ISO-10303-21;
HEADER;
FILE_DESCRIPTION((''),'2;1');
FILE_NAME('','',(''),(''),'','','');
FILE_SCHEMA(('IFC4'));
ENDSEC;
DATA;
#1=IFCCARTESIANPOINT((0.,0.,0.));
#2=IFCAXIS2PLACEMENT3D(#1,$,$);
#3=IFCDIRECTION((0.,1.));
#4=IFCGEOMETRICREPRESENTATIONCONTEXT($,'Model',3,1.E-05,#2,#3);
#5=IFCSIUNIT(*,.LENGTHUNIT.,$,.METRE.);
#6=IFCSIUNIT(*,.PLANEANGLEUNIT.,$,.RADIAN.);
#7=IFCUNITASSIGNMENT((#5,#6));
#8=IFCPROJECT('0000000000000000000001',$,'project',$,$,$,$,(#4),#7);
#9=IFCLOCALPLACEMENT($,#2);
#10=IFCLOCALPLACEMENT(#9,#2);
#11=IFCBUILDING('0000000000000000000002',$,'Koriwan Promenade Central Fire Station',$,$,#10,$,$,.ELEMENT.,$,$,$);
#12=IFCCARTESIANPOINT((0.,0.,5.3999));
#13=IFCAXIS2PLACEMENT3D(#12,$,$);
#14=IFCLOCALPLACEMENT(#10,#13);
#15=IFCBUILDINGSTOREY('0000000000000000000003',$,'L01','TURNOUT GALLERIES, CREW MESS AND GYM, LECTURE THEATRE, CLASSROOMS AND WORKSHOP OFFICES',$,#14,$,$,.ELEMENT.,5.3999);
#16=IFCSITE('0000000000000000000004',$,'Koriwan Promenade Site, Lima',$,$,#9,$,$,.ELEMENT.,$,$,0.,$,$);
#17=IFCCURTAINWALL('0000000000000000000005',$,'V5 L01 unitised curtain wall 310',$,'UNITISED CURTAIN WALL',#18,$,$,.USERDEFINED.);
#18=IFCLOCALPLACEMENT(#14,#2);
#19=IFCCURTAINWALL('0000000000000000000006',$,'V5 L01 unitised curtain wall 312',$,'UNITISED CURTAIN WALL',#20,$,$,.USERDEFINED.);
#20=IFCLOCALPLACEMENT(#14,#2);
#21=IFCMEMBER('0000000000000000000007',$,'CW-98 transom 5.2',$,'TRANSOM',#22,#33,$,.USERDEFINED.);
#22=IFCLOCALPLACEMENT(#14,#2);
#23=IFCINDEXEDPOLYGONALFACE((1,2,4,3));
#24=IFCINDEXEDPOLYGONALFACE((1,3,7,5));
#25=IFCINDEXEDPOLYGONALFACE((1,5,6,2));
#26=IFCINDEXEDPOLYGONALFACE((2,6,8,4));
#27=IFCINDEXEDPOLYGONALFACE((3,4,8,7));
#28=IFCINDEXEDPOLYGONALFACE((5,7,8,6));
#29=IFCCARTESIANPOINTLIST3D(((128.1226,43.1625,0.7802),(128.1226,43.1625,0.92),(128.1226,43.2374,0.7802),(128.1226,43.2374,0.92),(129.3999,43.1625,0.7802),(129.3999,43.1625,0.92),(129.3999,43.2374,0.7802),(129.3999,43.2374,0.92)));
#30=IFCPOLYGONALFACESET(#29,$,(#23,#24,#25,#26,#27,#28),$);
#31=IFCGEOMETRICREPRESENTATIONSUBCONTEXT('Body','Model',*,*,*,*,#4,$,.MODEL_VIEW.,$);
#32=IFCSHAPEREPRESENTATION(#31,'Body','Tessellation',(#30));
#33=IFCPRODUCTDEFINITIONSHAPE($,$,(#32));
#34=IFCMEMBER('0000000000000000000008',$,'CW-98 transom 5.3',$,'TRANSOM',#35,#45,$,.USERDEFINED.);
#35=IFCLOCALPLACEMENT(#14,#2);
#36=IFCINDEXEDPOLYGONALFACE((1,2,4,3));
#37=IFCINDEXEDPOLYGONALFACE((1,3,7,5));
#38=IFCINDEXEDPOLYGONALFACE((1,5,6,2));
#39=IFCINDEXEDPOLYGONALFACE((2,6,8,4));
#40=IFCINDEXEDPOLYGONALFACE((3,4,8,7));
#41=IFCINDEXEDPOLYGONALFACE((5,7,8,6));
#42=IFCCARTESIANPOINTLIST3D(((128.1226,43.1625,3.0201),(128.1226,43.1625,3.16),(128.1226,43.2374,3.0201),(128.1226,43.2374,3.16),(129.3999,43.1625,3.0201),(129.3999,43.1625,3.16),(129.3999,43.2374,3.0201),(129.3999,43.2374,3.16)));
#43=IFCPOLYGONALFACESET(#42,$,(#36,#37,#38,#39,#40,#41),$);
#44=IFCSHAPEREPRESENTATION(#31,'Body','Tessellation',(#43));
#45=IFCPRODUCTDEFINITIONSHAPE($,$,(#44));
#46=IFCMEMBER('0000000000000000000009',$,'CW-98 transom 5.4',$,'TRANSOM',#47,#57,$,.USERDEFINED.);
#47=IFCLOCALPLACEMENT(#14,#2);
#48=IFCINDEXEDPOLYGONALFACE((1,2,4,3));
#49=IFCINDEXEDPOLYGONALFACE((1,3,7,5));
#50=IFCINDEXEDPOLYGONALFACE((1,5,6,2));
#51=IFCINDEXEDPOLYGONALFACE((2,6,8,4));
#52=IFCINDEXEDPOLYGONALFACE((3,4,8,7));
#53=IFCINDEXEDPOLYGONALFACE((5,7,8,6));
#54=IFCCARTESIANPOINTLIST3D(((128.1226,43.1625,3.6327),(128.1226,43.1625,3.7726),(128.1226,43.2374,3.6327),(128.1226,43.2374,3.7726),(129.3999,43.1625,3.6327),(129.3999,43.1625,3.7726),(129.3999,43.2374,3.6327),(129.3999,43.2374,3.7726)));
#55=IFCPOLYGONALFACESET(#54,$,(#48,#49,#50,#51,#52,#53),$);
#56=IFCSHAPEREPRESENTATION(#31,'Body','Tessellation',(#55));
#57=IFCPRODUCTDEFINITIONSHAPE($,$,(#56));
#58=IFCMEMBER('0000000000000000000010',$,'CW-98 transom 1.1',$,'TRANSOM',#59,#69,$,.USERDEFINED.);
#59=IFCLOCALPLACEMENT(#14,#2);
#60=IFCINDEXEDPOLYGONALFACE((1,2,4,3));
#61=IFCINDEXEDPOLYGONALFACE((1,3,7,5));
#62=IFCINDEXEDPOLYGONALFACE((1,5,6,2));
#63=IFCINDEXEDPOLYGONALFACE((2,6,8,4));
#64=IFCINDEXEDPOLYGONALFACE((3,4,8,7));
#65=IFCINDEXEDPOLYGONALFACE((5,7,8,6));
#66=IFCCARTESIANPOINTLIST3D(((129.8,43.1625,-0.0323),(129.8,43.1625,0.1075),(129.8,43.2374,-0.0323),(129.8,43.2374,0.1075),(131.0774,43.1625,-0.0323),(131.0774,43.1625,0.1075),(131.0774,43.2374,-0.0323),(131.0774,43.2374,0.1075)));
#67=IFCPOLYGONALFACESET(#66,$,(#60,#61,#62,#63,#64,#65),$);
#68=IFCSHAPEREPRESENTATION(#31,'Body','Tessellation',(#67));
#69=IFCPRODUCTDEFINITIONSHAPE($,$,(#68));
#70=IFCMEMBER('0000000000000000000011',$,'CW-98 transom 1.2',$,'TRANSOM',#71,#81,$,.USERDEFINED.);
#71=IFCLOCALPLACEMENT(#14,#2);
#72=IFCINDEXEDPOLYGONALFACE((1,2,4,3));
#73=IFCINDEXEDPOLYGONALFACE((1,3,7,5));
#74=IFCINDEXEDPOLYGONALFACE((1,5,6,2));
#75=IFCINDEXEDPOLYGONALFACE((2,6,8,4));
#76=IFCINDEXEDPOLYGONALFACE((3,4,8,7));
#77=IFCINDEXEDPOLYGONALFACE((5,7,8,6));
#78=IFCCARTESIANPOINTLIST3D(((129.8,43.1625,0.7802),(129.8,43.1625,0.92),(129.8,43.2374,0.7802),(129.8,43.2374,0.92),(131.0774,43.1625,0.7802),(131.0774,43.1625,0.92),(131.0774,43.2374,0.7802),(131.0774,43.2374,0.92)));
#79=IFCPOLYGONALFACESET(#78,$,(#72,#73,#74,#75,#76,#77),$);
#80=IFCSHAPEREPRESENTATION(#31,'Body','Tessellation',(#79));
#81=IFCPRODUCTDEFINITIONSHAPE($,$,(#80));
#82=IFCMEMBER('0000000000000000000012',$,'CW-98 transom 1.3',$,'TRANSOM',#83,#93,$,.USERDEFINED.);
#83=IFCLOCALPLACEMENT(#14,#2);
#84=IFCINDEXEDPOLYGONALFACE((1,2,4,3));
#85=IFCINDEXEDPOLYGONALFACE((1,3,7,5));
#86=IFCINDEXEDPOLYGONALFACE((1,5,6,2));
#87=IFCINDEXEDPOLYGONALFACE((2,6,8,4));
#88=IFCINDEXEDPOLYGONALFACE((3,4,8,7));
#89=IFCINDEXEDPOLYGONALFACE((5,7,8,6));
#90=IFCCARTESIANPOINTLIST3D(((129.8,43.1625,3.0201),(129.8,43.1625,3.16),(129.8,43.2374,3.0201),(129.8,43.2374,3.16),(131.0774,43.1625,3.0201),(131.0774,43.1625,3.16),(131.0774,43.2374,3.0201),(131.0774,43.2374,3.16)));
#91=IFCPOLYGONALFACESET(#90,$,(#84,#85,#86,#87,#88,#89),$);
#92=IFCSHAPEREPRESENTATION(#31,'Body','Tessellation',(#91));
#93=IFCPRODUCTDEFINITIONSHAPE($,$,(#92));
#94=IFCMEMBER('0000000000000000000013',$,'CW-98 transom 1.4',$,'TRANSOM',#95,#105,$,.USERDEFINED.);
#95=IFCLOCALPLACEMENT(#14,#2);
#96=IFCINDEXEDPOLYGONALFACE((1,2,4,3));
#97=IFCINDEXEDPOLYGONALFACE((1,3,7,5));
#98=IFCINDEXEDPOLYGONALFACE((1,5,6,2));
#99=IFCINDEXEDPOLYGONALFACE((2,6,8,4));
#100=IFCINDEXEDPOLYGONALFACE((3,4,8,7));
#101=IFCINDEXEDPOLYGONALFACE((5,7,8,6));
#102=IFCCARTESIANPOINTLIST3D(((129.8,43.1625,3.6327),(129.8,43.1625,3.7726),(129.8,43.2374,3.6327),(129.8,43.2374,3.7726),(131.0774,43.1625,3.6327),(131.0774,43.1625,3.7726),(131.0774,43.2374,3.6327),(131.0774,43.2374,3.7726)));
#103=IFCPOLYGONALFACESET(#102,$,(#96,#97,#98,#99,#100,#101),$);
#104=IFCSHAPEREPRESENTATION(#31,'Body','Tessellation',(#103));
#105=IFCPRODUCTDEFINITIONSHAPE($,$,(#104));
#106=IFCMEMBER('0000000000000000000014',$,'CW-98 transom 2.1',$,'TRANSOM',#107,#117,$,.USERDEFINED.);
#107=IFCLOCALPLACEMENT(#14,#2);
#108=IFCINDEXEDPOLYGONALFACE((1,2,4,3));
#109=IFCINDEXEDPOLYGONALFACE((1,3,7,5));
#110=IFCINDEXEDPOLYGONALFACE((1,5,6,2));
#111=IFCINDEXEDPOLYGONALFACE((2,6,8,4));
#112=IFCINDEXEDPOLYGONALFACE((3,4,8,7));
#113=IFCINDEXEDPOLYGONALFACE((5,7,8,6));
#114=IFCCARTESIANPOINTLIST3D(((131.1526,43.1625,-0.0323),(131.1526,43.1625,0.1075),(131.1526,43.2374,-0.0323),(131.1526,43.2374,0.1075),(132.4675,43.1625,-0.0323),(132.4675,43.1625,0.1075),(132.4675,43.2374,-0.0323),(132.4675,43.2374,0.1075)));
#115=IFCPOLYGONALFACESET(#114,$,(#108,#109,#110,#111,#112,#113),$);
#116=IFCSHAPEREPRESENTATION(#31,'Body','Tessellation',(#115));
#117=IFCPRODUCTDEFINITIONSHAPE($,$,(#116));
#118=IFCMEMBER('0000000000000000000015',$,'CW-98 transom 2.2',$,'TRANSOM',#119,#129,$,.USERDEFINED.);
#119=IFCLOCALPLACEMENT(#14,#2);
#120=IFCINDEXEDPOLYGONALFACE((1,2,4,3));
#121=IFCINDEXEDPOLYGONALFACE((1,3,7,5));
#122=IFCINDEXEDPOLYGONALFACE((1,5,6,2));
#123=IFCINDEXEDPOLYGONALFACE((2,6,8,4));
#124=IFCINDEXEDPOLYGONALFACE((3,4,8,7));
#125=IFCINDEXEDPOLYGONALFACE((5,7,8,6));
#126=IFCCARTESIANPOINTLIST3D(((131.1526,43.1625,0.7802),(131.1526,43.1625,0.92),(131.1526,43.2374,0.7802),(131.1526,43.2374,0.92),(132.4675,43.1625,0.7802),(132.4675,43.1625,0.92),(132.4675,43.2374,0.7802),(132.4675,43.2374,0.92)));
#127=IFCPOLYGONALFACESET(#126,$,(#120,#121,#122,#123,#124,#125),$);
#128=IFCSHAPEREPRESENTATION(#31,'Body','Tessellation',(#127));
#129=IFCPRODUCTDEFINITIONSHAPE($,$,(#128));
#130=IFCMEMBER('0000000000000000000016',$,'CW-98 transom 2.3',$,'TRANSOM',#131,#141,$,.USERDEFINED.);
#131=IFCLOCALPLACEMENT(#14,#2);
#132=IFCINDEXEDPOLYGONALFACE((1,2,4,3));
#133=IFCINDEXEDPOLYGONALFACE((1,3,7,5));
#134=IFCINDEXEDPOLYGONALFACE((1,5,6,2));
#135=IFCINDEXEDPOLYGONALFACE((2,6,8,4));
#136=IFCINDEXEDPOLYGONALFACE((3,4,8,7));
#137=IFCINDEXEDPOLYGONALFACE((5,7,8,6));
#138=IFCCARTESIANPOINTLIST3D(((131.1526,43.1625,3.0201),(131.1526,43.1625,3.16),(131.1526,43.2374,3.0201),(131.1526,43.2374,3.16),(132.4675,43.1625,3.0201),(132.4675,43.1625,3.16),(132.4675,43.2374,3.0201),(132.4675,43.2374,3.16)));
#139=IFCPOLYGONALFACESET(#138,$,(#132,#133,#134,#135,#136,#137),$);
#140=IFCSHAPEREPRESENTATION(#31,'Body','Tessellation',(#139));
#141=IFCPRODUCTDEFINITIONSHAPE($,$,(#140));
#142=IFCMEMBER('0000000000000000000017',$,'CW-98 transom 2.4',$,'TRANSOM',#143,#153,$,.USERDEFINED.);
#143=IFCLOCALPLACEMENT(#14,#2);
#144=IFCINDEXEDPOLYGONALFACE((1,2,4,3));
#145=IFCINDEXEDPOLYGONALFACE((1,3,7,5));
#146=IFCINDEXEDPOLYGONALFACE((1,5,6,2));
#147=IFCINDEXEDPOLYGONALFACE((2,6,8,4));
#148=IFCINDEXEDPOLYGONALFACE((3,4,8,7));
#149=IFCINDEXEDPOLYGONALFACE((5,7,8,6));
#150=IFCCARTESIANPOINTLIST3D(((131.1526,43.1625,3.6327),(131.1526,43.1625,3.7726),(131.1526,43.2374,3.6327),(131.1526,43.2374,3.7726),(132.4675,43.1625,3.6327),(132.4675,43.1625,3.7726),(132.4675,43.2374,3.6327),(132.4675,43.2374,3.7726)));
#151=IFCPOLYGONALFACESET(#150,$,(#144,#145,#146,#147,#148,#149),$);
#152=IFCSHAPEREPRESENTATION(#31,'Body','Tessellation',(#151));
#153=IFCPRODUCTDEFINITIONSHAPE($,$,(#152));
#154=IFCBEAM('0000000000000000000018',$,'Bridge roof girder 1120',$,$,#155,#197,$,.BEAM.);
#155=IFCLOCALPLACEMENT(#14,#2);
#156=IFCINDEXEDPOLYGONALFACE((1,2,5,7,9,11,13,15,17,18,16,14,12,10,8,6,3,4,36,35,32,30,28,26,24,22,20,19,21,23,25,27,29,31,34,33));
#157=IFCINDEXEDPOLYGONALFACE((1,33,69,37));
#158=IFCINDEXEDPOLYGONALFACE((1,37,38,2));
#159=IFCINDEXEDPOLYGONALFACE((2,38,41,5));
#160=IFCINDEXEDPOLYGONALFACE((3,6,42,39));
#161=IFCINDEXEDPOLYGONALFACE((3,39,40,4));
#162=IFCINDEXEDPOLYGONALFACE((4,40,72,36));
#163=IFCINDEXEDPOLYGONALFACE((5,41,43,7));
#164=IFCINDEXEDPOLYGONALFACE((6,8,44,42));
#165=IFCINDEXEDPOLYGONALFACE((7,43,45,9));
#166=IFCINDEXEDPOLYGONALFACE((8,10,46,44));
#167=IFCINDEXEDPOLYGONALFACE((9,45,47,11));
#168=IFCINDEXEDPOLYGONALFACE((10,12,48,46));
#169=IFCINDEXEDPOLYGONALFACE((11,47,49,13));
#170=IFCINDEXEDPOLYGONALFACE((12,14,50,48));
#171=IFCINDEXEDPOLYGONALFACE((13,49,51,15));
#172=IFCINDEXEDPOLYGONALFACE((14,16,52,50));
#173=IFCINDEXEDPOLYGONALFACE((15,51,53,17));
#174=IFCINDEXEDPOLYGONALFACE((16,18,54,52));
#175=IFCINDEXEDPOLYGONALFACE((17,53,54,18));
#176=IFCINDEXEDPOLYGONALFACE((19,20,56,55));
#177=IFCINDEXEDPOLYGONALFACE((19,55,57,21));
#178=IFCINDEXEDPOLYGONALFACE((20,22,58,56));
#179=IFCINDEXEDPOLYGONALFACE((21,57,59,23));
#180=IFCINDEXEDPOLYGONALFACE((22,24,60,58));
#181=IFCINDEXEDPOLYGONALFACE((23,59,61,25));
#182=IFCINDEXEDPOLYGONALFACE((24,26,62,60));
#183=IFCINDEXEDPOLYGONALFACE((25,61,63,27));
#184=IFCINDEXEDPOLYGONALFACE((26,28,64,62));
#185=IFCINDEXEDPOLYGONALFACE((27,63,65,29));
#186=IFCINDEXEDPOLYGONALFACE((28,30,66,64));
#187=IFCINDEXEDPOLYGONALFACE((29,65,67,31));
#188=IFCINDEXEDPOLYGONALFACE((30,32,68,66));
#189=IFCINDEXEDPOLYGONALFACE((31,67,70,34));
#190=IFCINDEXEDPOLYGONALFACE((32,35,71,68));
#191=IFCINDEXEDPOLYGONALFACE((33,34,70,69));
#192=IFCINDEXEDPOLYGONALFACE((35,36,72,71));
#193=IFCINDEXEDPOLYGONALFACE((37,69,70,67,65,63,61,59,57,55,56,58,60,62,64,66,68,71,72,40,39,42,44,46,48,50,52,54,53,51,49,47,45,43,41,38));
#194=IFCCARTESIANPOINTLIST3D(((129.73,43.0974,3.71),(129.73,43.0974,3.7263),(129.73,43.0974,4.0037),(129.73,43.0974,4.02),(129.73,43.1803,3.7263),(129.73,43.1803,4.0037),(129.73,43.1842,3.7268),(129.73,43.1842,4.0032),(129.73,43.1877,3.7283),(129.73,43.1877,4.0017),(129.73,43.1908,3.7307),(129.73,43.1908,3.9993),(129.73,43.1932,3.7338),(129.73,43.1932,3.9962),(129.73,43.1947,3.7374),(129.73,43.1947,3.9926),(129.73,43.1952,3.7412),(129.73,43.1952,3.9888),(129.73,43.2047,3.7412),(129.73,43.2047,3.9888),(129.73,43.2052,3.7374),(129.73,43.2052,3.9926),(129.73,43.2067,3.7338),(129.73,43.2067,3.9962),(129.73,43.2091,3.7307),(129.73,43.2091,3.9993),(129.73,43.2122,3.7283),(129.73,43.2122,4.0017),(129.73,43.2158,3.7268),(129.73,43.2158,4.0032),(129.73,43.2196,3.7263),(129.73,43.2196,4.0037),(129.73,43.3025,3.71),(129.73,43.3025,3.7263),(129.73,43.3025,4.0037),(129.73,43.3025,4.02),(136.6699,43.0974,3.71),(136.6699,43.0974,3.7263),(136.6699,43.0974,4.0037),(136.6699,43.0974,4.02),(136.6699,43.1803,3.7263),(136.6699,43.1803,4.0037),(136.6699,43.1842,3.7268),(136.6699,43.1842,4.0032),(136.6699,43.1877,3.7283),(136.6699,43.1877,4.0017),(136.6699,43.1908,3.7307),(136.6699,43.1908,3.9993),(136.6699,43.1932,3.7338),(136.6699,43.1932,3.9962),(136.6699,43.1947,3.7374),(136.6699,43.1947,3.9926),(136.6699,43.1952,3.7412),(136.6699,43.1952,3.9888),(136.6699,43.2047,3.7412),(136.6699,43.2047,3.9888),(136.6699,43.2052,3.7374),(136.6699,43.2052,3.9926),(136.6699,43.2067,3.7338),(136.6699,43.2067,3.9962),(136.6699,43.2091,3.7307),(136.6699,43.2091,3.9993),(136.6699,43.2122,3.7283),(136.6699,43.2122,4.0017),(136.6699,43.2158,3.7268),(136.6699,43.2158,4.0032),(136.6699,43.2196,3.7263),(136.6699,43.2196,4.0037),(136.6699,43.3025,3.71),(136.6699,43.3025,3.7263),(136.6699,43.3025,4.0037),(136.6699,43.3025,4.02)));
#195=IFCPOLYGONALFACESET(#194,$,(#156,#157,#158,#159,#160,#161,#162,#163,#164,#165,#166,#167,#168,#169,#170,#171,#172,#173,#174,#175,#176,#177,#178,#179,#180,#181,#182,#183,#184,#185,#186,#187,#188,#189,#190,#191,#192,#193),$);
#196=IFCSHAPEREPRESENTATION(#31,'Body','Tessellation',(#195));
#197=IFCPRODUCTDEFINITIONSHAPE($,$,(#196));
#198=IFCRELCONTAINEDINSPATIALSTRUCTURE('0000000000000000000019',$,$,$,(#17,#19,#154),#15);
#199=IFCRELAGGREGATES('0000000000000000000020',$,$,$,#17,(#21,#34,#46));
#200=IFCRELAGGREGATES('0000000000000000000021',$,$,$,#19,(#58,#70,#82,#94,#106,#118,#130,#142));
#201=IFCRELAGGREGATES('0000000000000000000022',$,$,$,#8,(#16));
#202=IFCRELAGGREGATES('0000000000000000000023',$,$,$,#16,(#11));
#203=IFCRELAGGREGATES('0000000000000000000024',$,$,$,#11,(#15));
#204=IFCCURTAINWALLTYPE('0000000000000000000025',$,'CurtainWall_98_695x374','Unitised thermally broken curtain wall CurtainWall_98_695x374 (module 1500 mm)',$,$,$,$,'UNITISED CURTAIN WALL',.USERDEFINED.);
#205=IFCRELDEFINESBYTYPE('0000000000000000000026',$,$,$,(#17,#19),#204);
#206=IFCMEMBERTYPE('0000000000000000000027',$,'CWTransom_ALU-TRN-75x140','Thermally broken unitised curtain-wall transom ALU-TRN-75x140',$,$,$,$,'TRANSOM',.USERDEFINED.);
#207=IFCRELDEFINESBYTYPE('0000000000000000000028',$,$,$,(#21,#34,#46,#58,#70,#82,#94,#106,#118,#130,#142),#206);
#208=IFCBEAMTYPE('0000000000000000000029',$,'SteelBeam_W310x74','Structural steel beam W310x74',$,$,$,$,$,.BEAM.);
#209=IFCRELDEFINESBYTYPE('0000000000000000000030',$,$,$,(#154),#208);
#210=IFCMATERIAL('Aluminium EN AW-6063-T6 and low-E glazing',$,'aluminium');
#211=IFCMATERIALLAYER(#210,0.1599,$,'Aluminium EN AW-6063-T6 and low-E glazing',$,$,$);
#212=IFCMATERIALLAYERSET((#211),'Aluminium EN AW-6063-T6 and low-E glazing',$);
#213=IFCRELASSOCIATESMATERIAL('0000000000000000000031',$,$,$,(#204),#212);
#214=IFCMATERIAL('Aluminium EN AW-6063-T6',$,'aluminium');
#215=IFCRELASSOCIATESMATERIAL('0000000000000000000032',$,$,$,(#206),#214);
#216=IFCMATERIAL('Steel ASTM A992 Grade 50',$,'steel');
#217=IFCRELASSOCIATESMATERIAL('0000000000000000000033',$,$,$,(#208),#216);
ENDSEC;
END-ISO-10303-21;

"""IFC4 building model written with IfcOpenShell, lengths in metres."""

from ifc_helpers import new_model, si_unit, direction, frame, origin, origin_2d, place, context, subcontext, project, spatial, rectangle, i_section, extrude, material, layer, layer_set, material_profile, profile_set, type_object, element, aggregate, save


model = new_model("IFC4")

# Units and contexts
model_context = context("Model", 3, precision=1e-05, world=origin(), true_north=direction((0.0, 1.0)))
body_context = subcontext(model_context, "Body", "Model", "MODEL_VIEW")
ifc_project = project(units=[si_unit("LENGTHUNIT", "METRE"), si_unit("PLANEANGLEUNIT", "RADIAN")], contexts=[model_context])

# Site, building, storey
site_placement = place(None, origin())
site = spatial("IfcSite", under=ifc_project, at=site_placement, Name="Koriwan Promenade Site, Lima", CompositionType="ELEMENT", RefElevation=0.0)
building_placement = place(site_placement, origin())
building = spatial("IfcBuilding", under=site, at=building_placement, Name="Koriwan Promenade Central Fire Station", CompositionType="ELEMENT")
storey_placement = place(building_placement, frame((0.0, 0.0, 5.3999)))
storey = spatial("IfcBuildingStorey", under=building, at=storey_placement, Name="L01", Description="TURNOUT GALLERIES, CREW MESS AND GYM, LECTURE THEATRE, CLASSROOMS AND WORKSHOP OFFICES", CompositionType="ELEMENT", Elevation=5.3999)

# Curtain walls
ifc_material_1 = material(Name="Aluminium EN AW-6063-T6 and low-E glazing", Category="aluminium")
ifc_layer_1 = layer(ifc_material_1, 0.1599, Name="Aluminium EN AW-6063-T6 and low-E glazing")
ifc_layer_set_1 = layer_set([ifc_layer_1], Name="Aluminium EN AW-6063-T6 and low-E glazing")
curtain_wall_type = type_object("IfcCurtainWallType", Name="CurtainWall_98_695x374", Description="Unitised thermally broken curtain wall CurtainWall_98_695x374 (module 1500 mm)", ElementType="UNITISED CURTAIN WALL", PredefinedType="USERDEFINED", material=ifc_layer_set_1)
curtain_wall_1_placement = place(storey_placement, origin())
curtain_wall_1 = element("IfcCurtainWall", 1, at=curtain_wall_1_placement, inside=storey, type_object=curtain_wall_type, Name="V5 L01 unitised curtain wall 310", ObjectType="UNITISED CURTAIN WALL", PredefinedType="USERDEFINED")
ifc_material_2 = material(Name="Aluminium EN AW-6063-T6", Category="aluminium")
curtain_wall_2_placement = place(storey_placement, origin())
curtain_wall_2 = element("IfcCurtainWall", 2, at=curtain_wall_2_placement, inside=storey, type_object=curtain_wall_type, Name="V5 L01 unitised curtain wall 312", ObjectType="UNITISED CURTAIN WALL", PredefinedType="USERDEFINED")

# Members
ifc_material_profile_1 = material_profile(ifc_material_2, rectangle(XDim=0.075, YDim=0.1399, at=origin_2d()), Name="ALU-TRN-75x140")
ifc_profile_set_1 = profile_set([ifc_material_profile_1], Name="Aluminium EN AW-6063-T6")
member_type_1 = type_object("IfcMemberType", Name="CWTransom_ALU-TRN-75x140", Description="Thermally broken unitised curtain-wall transom ALU-TRN-75x140", ElementType="TRANSOM", PredefinedType="USERDEFINED", material=ifc_profile_set_1)
member_1_placement = place(storey_placement, frame((128.1226, 43.2, 0.8501), z_axis=(1.0, 0.0, 0.0), x_axis=(0.0, 1.0, 0.0)))
member_1 = element("IfcMember", 3, at=member_1_placement, type_object=member_type_1, Name="CW-98 transom 5.2", ObjectType="TRANSOM", PredefinedType="USERDEFINED", context=body_context, shape_type="SweptSolid", body=[
    extrude(rectangle(XDim=0.075, YDim=0.1399, at=origin_2d()), origin(), (0.0, 0.0, 1.0), 1.2773),
])
member_2_placement = place(storey_placement, frame((128.1226, 43.2, 3.0901), z_axis=(1.0, 0.0, 0.0), x_axis=(0.0, 1.0, 0.0)))
member_2 = element("IfcMember", 4, at=member_2_placement, type_object=member_type_1, Name="CW-98 transom 5.3", ObjectType="TRANSOM", PredefinedType="USERDEFINED", context=body_context, shape_type="SweptSolid", body=[
    extrude(rectangle(XDim=0.075, YDim=0.1399, at=origin_2d()), origin(), (0.0, 0.0, 1.0), 1.2773),
])
member_3_placement = place(storey_placement, frame((128.1226, 43.2, 3.7026), z_axis=(1.0, 0.0, 0.0), x_axis=(0.0, 1.0, 0.0)))
member_3 = element("IfcMember", 5, at=member_3_placement, type_object=member_type_1, Name="CW-98 transom 5.4", ObjectType="TRANSOM", PredefinedType="USERDEFINED", context=body_context, shape_type="SweptSolid", body=[
    extrude(rectangle(XDim=0.075, YDim=0.1399, at=origin_2d()), origin(), (0.0, 0.0, 1.0), 1.2773),
])
member_4_placement = place(storey_placement, frame((129.8, 43.2, 0.0376), z_axis=(1.0, 0.0, 0.0), x_axis=(0.0, 1.0, 0.0)))
member_4 = element("IfcMember", 6, at=member_4_placement, type_object=member_type_1, Name="CW-98 transom 1.1", ObjectType="TRANSOM", PredefinedType="USERDEFINED", context=body_context, shape_type="SweptSolid", body=[
    extrude(rectangle(XDim=0.075, YDim=0.1399, at=origin_2d()), origin(), (0.0, 0.0, 1.0), 1.2773),
])
member_5_placement = place(storey_placement, frame((129.8, 43.2, 0.8501), z_axis=(1.0, 0.0, 0.0), x_axis=(0.0, 1.0, 0.0)))
member_5 = element("IfcMember", 7, at=member_5_placement, type_object=member_type_1, Name="CW-98 transom 1.2", ObjectType="TRANSOM", PredefinedType="USERDEFINED", context=body_context, shape_type="SweptSolid", body=[
    extrude(rectangle(XDim=0.075, YDim=0.1399, at=origin_2d()), origin(), (0.0, 0.0, 1.0), 1.2773),
])
member_6_placement = place(storey_placement, frame((129.8, 43.2, 3.0901), z_axis=(1.0, 0.0, 0.0), x_axis=(0.0, 1.0, 0.0)))
member_6 = element("IfcMember", 8, at=member_6_placement, type_object=member_type_1, Name="CW-98 transom 1.3", ObjectType="TRANSOM", PredefinedType="USERDEFINED", context=body_context, shape_type="SweptSolid", body=[
    extrude(rectangle(XDim=0.075, YDim=0.1399, at=origin_2d()), origin(), (0.0, 0.0, 1.0), 1.2773),
])
member_7_placement = place(storey_placement, frame((129.8, 43.2, 3.7026), z_axis=(1.0, 0.0, 0.0), x_axis=(0.0, 1.0, 0.0)))
member_7 = element("IfcMember", 9, at=member_7_placement, type_object=member_type_1, Name="CW-98 transom 1.4", ObjectType="TRANSOM", PredefinedType="USERDEFINED", context=body_context, shape_type="SweptSolid", body=[
    extrude(rectangle(XDim=0.075, YDim=0.1399, at=origin_2d()), origin(), (0.0, 0.0, 1.0), 1.2773),
])
member_8_placement = place(storey_placement, frame((131.1526, 43.2, 0.0376), z_axis=(1.0, 0.0, 0.0), x_axis=(0.0, 1.0, 0.0)))
member_8 = element("IfcMember", 10, at=member_8_placement, type_object=member_type_1, Name="CW-98 transom 2.1", ObjectType="TRANSOM", PredefinedType="USERDEFINED", context=body_context, shape_type="SweptSolid", body=[
    extrude(rectangle(XDim=0.075, YDim=0.1399, at=origin_2d()), origin(), (0.0, 0.0, 1.0), 1.3149),
])
member_9_placement = place(storey_placement, frame((131.1526, 43.2, 0.8501), z_axis=(1.0, 0.0, 0.0), x_axis=(0.0, 1.0, 0.0)))
member_9 = element("IfcMember", 11, at=member_9_placement, type_object=member_type_1, Name="CW-98 transom 2.2", ObjectType="TRANSOM", PredefinedType="USERDEFINED", context=body_context, shape_type="SweptSolid", body=[
    extrude(rectangle(XDim=0.075, YDim=0.1399, at=origin_2d()), origin(), (0.0, 0.0, 1.0), 1.3149),
])
member_10_placement = place(storey_placement, frame((131.1526, 43.2, 3.0901), z_axis=(1.0, 0.0, 0.0), x_axis=(0.0, 1.0, 0.0)))
member_10 = element("IfcMember", 12, at=member_10_placement, type_object=member_type_1, Name="CW-98 transom 2.3", ObjectType="TRANSOM", PredefinedType="USERDEFINED", context=body_context, shape_type="SweptSolid", body=[
    extrude(rectangle(XDim=0.075, YDim=0.1399, at=origin_2d()), origin(), (0.0, 0.0, 1.0), 1.3149),
])
member_11_placement = place(storey_placement, frame((131.1526, 43.2, 3.7026), z_axis=(1.0, 0.0, 0.0), x_axis=(0.0, 1.0, 0.0)))
member_11 = element("IfcMember", 13, at=member_11_placement, type_object=member_type_1, Name="CW-98 transom 2.4", ObjectType="TRANSOM", PredefinedType="USERDEFINED", context=body_context, shape_type="SweptSolid", body=[
    extrude(rectangle(XDim=0.075, YDim=0.1399, at=origin_2d()), origin(), (0.0, 0.0, 1.0), 1.3149),
])

# Beam
ifc_material_3 = material(Name="Steel ASTM A992 Grade 50", Category="steel")
ifc_material_profile_2 = material_profile(ifc_material_3, i_section(OverallWidth=0.2051, OverallDepth=0.3101, WebThickness=0.0095, FlangeThickness=0.0164, FilletRadius=0.0149, at=origin_2d()), Name="W310x74")
ifc_profile_set_2 = profile_set([ifc_material_profile_2], Name="Steel ASTM A992 Grade 50")
beam_type = type_object("IfcBeamType", Name="SteelBeam_W310x74", Description="Structural steel beam W310x74", PredefinedType="BEAM", material=ifc_profile_set_2)
beam_placement = place(storey_placement, frame((129.73, 43.2, 3.865), z_axis=(1.0, 0.0, 0.0), x_axis=(0.0, 1.0, 0.0)))
element("IfcBeam", 14, at=beam_placement, inside=storey, type_object=beam_type, Name="Bridge roof girder 1120", PredefinedType="BEAM", context=body_context, shape_type="SweptSolid", body=[
    extrude(i_section(OverallWidth=0.2051, OverallDepth=0.3101, WebThickness=0.0095, FlangeThickness=0.0164, FilletRadius=0.0149, at=origin_2d()), origin(), (0.0, 0.0, 1.0), 6.9399),
])

aggregate(curtain_wall_1, [member_1, member_2, member_3])
aggregate(curtain_wall_2, [member_4, member_5, member_6, member_7, member_8, member_9, member_10, member_11])

save(model, "model.ifc")
